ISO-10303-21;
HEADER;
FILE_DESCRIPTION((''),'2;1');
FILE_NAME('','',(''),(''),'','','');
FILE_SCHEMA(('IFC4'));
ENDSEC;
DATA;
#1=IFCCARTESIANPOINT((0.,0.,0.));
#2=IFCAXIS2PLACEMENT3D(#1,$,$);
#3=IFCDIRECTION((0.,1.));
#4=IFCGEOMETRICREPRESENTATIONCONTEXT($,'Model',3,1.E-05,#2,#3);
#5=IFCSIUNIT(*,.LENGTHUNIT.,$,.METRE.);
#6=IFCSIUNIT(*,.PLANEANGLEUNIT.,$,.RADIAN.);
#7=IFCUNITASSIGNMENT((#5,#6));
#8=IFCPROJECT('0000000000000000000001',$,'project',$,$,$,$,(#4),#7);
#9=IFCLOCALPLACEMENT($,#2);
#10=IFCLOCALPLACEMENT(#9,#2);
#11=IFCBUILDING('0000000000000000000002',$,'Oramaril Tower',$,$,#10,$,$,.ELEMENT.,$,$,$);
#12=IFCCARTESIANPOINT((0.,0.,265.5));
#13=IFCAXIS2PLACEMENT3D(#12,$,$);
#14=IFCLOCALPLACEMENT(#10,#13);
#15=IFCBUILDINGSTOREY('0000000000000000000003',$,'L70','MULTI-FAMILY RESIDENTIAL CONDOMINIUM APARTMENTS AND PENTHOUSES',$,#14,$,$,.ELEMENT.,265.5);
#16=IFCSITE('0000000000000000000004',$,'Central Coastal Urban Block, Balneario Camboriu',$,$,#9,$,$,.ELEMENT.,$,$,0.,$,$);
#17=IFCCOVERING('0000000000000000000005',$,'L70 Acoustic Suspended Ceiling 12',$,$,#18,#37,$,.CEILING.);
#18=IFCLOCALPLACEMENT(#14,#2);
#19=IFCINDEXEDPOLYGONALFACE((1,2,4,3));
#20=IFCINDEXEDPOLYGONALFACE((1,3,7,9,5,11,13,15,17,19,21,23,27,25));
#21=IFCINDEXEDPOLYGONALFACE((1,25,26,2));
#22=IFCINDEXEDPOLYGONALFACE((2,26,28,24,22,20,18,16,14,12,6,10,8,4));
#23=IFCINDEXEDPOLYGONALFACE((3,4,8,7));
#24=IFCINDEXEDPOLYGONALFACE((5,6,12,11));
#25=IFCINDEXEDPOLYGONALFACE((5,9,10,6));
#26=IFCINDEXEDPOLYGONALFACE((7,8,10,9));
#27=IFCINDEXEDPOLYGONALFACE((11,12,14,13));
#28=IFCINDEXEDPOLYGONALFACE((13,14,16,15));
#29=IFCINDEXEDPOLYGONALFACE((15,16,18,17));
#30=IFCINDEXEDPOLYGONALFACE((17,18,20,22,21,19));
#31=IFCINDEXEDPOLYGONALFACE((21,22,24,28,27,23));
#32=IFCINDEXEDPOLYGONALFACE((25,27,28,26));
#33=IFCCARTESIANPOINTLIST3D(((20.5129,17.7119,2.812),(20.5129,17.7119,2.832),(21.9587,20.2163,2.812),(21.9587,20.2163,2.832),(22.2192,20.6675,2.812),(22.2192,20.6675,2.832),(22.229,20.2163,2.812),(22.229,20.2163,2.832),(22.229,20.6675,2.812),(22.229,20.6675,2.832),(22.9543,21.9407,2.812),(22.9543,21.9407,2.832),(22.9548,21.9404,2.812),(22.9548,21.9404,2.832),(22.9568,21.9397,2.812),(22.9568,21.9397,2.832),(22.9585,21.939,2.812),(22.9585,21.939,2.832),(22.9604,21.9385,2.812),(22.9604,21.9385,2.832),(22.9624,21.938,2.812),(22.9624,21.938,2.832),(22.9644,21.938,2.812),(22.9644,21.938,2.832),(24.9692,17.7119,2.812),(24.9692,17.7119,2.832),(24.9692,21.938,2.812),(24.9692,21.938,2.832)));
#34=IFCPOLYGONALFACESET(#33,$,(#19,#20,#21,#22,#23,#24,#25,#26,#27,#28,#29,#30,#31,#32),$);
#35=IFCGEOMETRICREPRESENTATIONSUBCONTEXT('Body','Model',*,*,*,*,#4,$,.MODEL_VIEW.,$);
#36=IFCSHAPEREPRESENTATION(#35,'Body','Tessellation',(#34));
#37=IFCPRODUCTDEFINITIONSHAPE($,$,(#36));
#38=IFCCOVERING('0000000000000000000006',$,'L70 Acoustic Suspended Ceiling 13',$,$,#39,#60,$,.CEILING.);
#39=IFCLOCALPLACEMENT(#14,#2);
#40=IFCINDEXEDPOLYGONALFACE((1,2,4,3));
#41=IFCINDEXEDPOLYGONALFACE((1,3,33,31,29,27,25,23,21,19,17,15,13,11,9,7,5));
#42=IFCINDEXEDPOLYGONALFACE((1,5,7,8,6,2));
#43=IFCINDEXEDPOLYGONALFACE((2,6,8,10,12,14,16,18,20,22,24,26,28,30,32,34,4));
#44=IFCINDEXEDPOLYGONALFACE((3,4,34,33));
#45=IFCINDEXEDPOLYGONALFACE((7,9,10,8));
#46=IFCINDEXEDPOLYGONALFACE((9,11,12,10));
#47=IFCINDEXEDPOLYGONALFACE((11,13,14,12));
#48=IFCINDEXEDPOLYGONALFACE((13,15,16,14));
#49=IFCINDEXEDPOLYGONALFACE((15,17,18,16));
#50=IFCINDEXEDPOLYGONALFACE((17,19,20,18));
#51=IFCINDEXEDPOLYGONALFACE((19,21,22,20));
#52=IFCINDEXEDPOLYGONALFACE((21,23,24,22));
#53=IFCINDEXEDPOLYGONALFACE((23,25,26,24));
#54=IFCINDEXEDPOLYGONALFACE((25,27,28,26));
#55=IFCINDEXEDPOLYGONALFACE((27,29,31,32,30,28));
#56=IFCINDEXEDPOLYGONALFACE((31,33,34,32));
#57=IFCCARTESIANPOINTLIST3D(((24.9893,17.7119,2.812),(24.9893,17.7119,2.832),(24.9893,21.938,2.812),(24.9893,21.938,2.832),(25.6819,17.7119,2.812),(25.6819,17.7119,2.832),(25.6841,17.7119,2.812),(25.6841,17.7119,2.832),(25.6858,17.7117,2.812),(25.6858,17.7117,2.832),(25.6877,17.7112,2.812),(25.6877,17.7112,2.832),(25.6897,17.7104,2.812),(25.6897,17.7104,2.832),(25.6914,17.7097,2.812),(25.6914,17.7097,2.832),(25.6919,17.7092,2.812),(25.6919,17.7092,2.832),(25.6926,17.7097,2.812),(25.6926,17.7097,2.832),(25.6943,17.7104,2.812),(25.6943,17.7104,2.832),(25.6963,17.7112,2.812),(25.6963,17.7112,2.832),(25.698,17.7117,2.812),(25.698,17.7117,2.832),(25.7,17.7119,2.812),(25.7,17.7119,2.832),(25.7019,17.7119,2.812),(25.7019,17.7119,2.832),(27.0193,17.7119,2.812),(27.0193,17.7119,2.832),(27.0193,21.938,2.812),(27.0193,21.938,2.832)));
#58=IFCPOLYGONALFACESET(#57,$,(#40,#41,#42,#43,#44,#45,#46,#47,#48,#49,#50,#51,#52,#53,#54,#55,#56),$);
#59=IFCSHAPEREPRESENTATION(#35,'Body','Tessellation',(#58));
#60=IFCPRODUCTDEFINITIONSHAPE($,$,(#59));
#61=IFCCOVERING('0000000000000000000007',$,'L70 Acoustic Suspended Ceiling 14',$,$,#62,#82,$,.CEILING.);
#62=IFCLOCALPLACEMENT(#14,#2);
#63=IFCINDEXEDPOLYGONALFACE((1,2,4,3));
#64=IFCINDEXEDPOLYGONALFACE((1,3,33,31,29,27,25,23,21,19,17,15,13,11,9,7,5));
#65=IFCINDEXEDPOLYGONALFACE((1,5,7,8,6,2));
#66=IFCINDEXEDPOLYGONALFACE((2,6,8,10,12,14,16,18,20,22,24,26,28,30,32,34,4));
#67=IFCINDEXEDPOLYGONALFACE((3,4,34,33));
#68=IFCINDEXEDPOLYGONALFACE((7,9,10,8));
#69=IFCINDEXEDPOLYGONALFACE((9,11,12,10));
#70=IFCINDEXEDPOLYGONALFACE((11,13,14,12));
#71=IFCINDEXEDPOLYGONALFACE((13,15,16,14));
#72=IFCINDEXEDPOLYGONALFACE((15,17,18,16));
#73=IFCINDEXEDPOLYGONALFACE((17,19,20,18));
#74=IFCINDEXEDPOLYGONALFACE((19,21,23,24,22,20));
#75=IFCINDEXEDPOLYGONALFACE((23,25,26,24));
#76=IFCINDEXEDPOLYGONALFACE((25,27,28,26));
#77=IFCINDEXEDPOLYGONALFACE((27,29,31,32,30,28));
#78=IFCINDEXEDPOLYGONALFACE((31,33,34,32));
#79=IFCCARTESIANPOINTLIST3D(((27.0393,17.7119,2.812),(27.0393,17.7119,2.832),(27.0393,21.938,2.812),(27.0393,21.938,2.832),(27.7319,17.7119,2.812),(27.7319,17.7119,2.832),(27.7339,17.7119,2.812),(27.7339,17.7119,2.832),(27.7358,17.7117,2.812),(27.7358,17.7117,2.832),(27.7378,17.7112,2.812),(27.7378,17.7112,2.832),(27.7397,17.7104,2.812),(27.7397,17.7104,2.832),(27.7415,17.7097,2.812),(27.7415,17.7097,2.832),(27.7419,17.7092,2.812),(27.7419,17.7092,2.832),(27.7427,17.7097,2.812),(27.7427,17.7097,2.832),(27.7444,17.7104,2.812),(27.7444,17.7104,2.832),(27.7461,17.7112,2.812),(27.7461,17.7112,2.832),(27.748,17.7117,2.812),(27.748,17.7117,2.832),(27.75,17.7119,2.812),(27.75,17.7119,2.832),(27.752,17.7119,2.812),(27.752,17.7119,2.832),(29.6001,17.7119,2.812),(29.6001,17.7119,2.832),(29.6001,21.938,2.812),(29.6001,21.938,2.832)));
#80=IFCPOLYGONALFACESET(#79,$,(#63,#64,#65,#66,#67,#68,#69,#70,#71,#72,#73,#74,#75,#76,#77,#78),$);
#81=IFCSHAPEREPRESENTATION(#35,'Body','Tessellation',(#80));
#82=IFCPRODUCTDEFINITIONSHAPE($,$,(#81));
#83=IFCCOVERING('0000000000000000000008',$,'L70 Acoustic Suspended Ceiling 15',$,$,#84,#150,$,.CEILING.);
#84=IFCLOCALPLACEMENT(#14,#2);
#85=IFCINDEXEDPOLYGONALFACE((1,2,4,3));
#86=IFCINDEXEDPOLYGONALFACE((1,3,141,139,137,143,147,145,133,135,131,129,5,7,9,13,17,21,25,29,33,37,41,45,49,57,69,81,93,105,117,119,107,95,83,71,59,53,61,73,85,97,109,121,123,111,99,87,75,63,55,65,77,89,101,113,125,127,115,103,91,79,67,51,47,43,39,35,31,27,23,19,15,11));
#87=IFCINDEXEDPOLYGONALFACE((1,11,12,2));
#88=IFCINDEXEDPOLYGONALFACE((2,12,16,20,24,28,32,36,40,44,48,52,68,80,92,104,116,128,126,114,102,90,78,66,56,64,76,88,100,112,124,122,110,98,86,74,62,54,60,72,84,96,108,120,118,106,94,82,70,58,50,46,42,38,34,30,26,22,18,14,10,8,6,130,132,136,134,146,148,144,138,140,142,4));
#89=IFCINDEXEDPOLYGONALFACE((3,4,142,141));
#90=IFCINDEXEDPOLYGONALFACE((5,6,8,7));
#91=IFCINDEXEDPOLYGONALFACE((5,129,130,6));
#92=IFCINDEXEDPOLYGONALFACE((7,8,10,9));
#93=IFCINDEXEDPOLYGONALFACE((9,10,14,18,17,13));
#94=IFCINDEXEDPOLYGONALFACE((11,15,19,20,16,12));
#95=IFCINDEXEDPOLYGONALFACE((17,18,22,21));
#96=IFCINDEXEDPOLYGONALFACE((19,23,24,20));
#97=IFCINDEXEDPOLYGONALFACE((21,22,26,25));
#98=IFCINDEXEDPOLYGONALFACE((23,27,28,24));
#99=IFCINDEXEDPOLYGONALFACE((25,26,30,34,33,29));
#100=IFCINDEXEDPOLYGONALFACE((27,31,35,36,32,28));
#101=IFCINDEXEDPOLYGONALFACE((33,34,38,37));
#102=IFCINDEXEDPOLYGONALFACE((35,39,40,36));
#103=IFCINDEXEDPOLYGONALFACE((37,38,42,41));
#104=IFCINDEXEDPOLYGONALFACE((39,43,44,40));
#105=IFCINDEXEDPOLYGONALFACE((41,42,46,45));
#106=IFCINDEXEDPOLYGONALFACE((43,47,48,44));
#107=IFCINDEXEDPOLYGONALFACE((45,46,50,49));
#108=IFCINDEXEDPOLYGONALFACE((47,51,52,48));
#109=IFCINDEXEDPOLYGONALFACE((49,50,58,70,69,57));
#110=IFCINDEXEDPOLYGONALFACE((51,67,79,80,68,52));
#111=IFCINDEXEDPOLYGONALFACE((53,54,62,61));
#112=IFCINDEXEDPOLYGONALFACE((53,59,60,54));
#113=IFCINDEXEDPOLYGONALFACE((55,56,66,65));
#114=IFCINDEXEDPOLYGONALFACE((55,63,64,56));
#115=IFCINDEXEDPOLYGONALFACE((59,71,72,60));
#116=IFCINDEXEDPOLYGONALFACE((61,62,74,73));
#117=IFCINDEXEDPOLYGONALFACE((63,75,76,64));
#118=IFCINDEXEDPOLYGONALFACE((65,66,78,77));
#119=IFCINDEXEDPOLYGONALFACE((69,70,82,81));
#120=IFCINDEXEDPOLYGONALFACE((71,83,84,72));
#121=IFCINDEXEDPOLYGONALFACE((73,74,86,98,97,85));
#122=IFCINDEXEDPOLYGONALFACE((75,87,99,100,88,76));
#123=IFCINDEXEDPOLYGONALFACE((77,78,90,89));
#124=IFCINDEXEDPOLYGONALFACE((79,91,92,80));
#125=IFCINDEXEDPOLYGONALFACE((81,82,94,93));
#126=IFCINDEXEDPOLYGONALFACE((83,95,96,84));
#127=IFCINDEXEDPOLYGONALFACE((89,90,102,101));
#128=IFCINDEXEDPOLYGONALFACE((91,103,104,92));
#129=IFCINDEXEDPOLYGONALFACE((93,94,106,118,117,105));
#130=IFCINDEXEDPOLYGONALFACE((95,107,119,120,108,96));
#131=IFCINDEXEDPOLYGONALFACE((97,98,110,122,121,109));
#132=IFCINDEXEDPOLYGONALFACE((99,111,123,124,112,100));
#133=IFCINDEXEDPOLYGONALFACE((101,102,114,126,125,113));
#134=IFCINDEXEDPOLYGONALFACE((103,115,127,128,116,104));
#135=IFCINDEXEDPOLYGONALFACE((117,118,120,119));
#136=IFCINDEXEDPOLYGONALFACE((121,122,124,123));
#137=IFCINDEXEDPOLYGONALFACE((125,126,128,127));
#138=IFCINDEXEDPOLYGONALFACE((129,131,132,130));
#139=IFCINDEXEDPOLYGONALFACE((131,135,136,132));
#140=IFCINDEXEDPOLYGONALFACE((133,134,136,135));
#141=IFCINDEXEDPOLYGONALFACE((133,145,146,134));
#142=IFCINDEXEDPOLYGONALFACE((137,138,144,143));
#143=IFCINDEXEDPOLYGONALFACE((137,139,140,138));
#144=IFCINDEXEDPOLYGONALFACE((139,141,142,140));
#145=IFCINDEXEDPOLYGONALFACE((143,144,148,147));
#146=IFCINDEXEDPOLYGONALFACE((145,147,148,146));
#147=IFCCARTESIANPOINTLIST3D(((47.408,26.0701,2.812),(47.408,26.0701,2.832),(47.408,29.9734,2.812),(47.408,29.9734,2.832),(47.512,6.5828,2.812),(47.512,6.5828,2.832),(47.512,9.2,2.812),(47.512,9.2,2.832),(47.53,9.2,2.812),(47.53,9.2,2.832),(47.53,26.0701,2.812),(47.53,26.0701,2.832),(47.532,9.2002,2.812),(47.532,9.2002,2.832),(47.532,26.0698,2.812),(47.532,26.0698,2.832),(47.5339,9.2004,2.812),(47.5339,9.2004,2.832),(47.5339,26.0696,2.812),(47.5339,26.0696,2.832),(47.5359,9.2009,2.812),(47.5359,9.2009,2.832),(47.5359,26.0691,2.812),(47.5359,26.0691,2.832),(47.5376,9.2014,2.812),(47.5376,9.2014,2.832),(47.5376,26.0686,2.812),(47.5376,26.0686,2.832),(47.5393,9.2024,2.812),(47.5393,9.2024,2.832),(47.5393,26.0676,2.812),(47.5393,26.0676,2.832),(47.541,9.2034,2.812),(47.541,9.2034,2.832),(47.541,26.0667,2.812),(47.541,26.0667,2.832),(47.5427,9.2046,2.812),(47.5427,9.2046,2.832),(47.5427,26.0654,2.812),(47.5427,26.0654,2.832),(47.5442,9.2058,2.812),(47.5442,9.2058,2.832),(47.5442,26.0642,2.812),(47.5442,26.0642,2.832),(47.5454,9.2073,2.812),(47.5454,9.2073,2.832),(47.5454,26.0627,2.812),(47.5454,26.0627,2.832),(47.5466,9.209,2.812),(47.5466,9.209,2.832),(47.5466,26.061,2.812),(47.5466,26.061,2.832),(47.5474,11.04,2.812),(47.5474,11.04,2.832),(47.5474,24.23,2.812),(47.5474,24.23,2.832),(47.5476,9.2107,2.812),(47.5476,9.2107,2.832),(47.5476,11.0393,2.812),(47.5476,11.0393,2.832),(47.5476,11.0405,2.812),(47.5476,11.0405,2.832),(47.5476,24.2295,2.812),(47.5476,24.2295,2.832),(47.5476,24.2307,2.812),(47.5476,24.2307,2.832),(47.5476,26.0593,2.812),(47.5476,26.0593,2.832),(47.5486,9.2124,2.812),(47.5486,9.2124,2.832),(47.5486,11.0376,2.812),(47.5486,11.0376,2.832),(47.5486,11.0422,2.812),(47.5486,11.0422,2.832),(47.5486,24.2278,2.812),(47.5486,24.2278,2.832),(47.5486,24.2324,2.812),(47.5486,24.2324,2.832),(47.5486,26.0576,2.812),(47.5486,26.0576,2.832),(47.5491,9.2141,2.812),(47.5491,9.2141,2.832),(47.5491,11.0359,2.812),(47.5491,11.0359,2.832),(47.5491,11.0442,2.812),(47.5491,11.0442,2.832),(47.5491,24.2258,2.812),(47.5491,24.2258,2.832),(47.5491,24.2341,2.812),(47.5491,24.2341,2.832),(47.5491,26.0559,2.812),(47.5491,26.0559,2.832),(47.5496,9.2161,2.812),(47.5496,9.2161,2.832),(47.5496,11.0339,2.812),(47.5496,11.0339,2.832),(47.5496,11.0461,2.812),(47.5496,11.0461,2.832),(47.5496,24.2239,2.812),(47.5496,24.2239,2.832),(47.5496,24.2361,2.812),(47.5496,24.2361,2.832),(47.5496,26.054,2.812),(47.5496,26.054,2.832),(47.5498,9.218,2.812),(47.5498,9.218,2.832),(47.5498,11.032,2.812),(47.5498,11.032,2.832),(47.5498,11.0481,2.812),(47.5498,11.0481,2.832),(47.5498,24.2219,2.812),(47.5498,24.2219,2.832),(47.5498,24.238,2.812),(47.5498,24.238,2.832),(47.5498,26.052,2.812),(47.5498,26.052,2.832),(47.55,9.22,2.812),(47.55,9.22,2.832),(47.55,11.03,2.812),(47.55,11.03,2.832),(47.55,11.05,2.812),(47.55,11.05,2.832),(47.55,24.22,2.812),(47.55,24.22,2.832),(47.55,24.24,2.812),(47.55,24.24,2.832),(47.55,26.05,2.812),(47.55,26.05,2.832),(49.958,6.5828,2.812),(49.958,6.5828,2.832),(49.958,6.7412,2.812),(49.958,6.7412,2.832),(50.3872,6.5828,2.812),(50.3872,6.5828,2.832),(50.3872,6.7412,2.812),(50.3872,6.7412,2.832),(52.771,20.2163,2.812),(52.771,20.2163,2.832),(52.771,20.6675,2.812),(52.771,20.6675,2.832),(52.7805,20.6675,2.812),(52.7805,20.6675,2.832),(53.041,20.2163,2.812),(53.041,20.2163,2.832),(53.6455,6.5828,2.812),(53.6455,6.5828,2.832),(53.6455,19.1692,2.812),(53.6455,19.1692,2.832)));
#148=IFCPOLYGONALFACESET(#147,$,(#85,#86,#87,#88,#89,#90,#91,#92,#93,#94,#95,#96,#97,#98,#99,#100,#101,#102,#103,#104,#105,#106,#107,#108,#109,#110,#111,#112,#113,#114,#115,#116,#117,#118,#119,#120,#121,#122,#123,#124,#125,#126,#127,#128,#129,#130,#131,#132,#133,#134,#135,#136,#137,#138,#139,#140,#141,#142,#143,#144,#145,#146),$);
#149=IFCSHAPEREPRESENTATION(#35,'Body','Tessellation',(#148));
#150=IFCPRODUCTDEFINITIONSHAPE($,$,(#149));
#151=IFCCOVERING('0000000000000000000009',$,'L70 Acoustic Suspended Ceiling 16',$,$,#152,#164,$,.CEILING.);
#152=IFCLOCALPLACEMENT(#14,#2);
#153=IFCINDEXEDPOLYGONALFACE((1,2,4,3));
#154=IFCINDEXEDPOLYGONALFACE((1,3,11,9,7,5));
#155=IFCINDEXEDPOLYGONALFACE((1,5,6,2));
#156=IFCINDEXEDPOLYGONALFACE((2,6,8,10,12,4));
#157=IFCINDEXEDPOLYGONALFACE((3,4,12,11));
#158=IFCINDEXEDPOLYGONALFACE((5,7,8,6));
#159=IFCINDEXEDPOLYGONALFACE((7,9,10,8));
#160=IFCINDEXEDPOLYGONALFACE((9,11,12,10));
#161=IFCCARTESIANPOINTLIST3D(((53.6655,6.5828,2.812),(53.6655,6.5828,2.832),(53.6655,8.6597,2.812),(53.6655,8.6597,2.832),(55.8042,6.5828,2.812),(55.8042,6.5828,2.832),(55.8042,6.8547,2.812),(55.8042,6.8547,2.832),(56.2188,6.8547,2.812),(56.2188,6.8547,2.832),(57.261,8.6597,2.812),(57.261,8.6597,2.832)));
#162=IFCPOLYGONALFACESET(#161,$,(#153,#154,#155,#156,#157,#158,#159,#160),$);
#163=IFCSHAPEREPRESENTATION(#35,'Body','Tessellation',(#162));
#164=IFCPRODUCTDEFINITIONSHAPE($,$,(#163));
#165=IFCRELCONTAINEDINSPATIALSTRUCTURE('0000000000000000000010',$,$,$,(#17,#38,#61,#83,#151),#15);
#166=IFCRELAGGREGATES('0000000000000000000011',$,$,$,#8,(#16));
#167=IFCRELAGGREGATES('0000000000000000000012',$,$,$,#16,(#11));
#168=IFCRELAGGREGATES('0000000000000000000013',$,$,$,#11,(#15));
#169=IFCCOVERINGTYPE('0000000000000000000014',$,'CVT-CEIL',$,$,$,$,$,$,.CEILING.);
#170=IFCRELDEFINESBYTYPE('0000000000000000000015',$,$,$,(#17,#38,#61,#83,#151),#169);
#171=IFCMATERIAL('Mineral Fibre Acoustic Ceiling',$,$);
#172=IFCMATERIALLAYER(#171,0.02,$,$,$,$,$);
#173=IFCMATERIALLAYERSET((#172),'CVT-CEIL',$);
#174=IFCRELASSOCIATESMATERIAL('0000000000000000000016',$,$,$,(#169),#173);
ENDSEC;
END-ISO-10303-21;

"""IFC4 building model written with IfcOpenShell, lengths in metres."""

from ifc_helpers import new_model, si_unit, direction, frame, origin, place, context, subcontext, project, spatial, polyline, outline, extrude, material, layer, layer_set, type_object, element, save


model = new_model("IFC4")

# Units and contexts
model_context = context("Model", 3, precision=1e-05, world=origin(), true_north=direction((0.0, 1.0)))
body_context = subcontext(model_context, "Body", "Model", "MODEL_VIEW")
ifc_project = project(units=[si_unit("LENGTHUNIT", "METRE"), si_unit("PLANEANGLEUNIT", "RADIAN")], contexts=[model_context])

# Site, building, storey
site_placement = place(None, origin())
site = spatial("IfcSite", under=ifc_project, at=site_placement, Name="Central Coastal Urban Block, Balneario Camboriu", CompositionType="ELEMENT", RefElevation=0.0)
building_placement = place(site_placement, origin())
building = spatial("IfcBuilding", under=site, at=building_placement, Name="Oramaril Tower", CompositionType="ELEMENT")
storey_placement = place(building_placement, frame((0.0, 0.0, 265.5)))
storey = spatial("IfcBuildingStorey", under=building, at=storey_placement, Name="L70", Description="MULTI-FAMILY RESIDENTIAL CONDOMINIUM APARTMENTS AND PENTHOUSES", CompositionType="ELEMENT", Elevation=265.5)

# Coverings
ifc_material_1 = material(Name="Mineral Fibre Acoustic Ceiling")
ifc_layer_1 = layer(ifc_material_1, 0.02)
ifc_layer_set_1 = layer_set([ifc_layer_1], Name="CVT-CEIL")
covering_type_1 = type_object("IfcCoveringType", Name="CVT-CEIL", PredefinedType="CEILING", material=ifc_layer_set_1)
covering_1_placement = place(storey_placement, frame((0.0, 0.0, 2.812)))
element("IfcCovering", 1, at=covering_1_placement, inside=storey, type_object=covering_type_1, Name="L70 Acoustic Suspended Ceiling 12", PredefinedType="CEILING", context=body_context, shape_type="SweptSolid", body=[
    extrude(outline(polyline([(22.229, 20.2163), (22.229, 20.6675), (22.2192, 20.6675), (22.9543, 21.9407), (22.9548, 21.9404), (22.9568, 21.9397), (22.9585, 21.939), (22.9604, 21.9385), (22.9624, 21.938), (22.9644, 21.938), (24.9692, 21.938), (24.9692, 17.7119), (20.5129, 17.7119), (21.9587, 20.2163), (22.229, 20.2163)])), origin(), (0.0, 0.0, 1.0), 0.02),
])
covering_2_placement = place(storey_placement, frame((0.0, 0.0, 2.812)))
element("IfcCovering", 2, at=covering_2_placement, inside=storey, type_object=covering_type_1, Name="L70 Acoustic Suspended Ceiling 13", PredefinedType="CEILING", context=body_context, shape_type="SweptSolid", body=[
    extrude(outline(polyline([(27.0193, 17.7119), (25.7019, 17.7119), (25.7, 17.7119), (25.698, 17.7117), (25.6963, 17.7112), (25.6943, 17.7104), (25.6926, 17.7097), (25.6919, 17.7092), (25.6914, 17.7097), (25.6897, 17.7104), (25.6877, 17.7112), (25.6858, 17.7117), (25.6841, 17.7119), (25.6819, 17.7119), (24.9893, 17.7119), (24.9893, 21.938), (27.0193, 21.938), (27.0193, 17.7119)])), origin(), (0.0, 0.0, 1.0), 0.02),
])
covering_3_placement = place(storey_placement, frame((0.0, 0.0, 2.812)))
element("IfcCovering", 3, at=covering_3_placement, inside=storey, type_object=covering_type_1, Name="L70 Acoustic Suspended Ceiling 14", PredefinedType="CEILING", context=body_context, shape_type="SweptSolid", body=[
    extrude(outline(polyline([(29.6001, 17.7119), (27.752, 17.7119), (27.75, 17.7119), (27.748, 17.7117), (27.7461, 17.7112), (27.7444, 17.7104), (27.7427, 17.7097), (27.7419, 17.7092), (27.7415, 17.7097), (27.7397, 17.7104), (27.7378, 17.7112), (27.7358, 17.7117), (27.7339, 17.7119), (27.7319, 17.7119), (27.0393, 17.7119), (27.0393, 21.938), (29.6001, 21.938), (29.6001, 17.7119)])), origin(), (0.0, 0.0, 1.0), 0.02),
])
covering_4_placement = place(storey_placement, frame((0.0, 0.0, 2.812)))
element("IfcCovering", 4, at=covering_4_placement, inside=storey, type_object=covering_type_1, Name="L70 Acoustic Suspended Ceiling 15", PredefinedType="CEILING", context=body_context, shape_type="SweptSolid", body=[
    extrude(outline(polyline([(52.7805, 20.6675), (52.771, 20.6675), (52.771, 20.2163), (53.041, 20.2163), (53.6455, 19.1692), (53.6455, 6.5828), (50.3872, 6.5828), (50.3872, 6.7412), (49.958, 6.7412), (49.958, 6.5828), (47.512, 6.5828), (47.512, 9.2), (47.53, 9.2), (47.532, 9.2002), (47.5339, 9.2004), (47.5359, 9.2009), (47.5376, 9.2014), (47.5393, 9.2024), (47.541, 9.2034), (47.5427, 9.2046), (47.5442, 9.2058), (47.5454, 9.2073), (47.5466, 9.209), (47.5476, 9.2107), (47.5486, 9.2124), (47.5491, 9.2141), (47.5496, 9.2161), (47.5498, 9.218), (47.55, 9.22), (47.55, 11.03), (47.5498, 11.032), (47.5496, 11.0339), (47.5491, 11.0359), (47.5486, 11.0376), (47.5476, 11.0393), (47.5474, 11.04), (47.5476, 11.0405), (47.5486, 11.0422), (47.5491, 11.0442), (47.5496, 11.0461), (47.5498, 11.0481), (47.55, 11.05), (47.55, 24.22), (47.5498, 24.2219), (47.5496, 24.2239), (47.5491, 24.2258), (47.5486, 24.2278), (47.5476, 24.2295), (47.5474, 24.23), (47.5476, 24.2307), (47.5486, 24.2324), (47.5491, 24.2341), (47.5496, 24.2361), (47.5498, 24.238), (47.55, 24.24), (47.55, 26.05), (47.5498, 26.052), (47.5496, 26.054), (47.5491, 26.0559), (47.5486, 26.0576), (47.5476, 26.0593), (47.5466, 26.061), (47.5454, 26.0627), (47.5442, 26.0642), (47.5427, 26.0654), (47.541, 26.0667), (47.5393, 26.0676), (47.5376, 26.0686), (47.5359, 26.0691), (47.5339, 26.0696), (47.532, 26.0698), (47.53, 26.0701), (47.408, 26.0701), (47.408, 29.9734), (52.7805, 20.6675)])), origin(), (0.0, 0.0, 1.0), 0.02),
])
covering_5_placement = place(storey_placement, frame((0.0, 0.0, 2.812)))
element("IfcCovering", 5, at=covering_5_placement, inside=storey, type_object=covering_type_1, Name="L70 Acoustic Suspended Ceiling 16", PredefinedType="CEILING", context=body_context, shape_type="SweptSolid", body=[
    extrude(outline(polyline([(56.2188, 6.8547), (55.8042, 6.8547), (55.8042, 6.5828), (53.6655, 6.5828), (53.6655, 8.6597), (57.261, 8.6597), (56.2188, 6.8547)])), origin(), (0.0, 0.0, 1.0), 0.02),
])

save(model, "model.ifc")
